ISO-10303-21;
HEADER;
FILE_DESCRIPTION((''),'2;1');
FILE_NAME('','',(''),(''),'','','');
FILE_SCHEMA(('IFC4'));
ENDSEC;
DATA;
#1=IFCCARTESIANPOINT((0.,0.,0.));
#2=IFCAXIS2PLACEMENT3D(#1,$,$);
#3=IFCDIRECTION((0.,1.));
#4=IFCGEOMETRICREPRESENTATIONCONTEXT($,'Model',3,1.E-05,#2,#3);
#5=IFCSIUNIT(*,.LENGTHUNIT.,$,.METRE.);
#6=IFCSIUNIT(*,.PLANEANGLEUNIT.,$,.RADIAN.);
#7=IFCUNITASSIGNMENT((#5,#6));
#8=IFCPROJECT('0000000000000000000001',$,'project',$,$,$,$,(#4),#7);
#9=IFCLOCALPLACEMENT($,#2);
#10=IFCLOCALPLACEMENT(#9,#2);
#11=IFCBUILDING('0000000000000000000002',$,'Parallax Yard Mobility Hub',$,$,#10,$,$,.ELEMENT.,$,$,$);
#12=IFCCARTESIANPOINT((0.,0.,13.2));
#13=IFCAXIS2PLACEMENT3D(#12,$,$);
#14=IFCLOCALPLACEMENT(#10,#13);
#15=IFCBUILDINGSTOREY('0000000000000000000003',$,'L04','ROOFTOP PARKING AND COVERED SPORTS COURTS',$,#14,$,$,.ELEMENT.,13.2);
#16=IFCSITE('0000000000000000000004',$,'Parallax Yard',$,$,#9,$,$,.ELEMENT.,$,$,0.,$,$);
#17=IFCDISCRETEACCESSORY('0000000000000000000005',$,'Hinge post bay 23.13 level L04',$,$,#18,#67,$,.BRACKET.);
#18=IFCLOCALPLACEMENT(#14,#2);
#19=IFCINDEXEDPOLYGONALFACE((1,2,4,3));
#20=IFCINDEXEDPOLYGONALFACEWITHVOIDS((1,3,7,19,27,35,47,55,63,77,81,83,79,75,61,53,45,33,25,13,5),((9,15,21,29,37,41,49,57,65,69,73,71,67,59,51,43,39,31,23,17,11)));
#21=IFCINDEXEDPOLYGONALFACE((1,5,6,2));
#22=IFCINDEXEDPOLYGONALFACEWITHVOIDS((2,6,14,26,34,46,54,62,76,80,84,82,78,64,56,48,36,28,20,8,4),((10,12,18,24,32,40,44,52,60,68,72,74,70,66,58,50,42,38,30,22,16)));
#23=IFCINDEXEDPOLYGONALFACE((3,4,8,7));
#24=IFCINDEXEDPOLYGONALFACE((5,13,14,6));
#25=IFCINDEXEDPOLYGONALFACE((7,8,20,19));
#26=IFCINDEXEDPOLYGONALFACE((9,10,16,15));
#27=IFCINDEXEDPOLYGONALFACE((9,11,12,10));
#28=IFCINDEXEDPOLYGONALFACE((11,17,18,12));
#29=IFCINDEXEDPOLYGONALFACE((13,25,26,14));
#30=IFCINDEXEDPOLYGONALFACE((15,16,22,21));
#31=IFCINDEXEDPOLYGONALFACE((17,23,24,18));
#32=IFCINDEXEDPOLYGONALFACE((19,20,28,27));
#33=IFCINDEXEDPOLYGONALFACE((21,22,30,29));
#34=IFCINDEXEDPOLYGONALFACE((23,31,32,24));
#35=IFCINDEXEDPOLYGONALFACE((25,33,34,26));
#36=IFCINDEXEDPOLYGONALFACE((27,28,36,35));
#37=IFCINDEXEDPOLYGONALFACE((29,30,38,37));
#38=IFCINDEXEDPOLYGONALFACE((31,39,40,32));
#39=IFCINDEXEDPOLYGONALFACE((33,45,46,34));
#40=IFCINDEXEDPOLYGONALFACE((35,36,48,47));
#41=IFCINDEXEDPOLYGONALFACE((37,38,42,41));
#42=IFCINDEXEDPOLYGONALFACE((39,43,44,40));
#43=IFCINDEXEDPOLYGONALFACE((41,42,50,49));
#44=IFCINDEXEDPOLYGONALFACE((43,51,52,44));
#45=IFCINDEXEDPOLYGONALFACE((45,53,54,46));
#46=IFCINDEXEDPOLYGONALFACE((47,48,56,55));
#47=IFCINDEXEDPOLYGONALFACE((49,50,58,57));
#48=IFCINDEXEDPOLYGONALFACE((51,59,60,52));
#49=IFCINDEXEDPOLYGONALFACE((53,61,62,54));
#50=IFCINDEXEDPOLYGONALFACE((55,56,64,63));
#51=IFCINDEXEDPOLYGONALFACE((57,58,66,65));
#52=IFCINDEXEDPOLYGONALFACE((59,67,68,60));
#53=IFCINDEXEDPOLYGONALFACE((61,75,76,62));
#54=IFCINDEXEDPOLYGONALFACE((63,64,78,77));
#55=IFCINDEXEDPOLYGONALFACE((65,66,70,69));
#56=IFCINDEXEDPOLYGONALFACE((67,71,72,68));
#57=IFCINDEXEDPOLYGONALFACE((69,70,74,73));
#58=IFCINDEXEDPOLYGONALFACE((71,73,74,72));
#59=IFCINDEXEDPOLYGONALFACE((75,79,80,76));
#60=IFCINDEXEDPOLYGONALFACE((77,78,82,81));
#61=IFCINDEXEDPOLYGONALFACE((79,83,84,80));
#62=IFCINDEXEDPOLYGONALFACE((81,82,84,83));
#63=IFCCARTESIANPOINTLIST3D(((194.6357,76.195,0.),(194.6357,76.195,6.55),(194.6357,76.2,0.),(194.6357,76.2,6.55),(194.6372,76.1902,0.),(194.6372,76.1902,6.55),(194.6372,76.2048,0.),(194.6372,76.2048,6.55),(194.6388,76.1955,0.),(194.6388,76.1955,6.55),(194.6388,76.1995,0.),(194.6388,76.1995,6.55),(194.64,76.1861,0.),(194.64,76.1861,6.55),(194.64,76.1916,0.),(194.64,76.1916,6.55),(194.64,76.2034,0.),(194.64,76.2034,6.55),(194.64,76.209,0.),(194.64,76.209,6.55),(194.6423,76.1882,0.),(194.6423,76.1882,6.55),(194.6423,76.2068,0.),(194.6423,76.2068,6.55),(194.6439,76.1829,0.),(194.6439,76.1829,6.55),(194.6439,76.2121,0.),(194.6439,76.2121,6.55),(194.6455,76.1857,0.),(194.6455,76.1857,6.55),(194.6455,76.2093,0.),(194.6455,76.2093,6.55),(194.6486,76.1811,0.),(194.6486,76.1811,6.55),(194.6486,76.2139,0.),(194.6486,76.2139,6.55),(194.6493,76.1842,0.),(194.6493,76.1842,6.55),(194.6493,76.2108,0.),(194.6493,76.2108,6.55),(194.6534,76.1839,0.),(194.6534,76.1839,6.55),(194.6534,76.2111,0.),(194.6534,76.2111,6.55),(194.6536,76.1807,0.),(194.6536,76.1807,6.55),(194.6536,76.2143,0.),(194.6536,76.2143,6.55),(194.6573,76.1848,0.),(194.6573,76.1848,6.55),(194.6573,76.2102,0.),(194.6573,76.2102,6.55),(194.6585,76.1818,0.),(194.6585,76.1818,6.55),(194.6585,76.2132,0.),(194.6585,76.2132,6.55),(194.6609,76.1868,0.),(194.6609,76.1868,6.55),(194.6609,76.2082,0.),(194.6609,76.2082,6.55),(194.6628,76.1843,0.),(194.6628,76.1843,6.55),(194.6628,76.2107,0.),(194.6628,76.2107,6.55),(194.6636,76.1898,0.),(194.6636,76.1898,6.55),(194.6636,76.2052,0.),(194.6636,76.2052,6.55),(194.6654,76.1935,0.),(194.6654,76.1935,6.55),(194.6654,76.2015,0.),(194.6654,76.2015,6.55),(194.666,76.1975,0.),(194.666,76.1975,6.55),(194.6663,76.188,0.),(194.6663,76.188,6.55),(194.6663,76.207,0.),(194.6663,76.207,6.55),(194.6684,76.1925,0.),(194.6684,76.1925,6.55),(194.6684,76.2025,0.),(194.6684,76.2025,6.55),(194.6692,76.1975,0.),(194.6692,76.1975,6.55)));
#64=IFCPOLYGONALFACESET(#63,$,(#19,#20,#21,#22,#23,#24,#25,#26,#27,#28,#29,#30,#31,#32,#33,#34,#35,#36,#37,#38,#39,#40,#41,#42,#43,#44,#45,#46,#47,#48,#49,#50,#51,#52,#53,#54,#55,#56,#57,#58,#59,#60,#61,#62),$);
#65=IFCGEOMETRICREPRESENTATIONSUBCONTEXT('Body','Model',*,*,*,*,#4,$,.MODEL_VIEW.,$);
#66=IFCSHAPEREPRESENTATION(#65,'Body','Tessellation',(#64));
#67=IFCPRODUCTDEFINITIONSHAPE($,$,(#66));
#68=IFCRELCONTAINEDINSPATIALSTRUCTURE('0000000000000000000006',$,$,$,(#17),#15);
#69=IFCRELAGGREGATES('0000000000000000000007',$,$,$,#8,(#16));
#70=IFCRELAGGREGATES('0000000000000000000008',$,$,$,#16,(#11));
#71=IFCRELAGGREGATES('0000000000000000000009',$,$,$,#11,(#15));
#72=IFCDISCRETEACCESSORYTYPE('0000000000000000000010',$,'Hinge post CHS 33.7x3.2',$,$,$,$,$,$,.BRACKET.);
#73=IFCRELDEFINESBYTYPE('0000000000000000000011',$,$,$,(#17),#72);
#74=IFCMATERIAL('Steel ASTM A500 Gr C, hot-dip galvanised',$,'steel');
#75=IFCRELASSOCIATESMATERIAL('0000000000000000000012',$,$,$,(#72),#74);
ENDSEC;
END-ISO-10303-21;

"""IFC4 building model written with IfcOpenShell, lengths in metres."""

from ifc_helpers import new_model, si_unit, direction, frame, origin, origin_2d, place, context, subcontext, project, spatial, hollow_circle, extrude, material, material_profile, profile_set, type_object, element, save


model = new_model("IFC4")

# Units and contexts
model_context = context("Model", 3, precision=1e-05, world=origin(), true_north=direction((0.0, 1.0)))
body_context = subcontext(model_context, "Body", "Model", "MODEL_VIEW")
ifc_project = project(units=[si_unit("LENGTHUNIT", "METRE"), si_unit("PLANEANGLEUNIT", "RADIAN")], contexts=[model_context])

# Site, building, storey
site_placement = place(None, origin())
site = spatial("IfcSite", under=ifc_project, at=site_placement, Name="Parallax Yard", CompositionType="ELEMENT", RefElevation=0.0)
building_placement = place(site_placement, origin())
building = spatial("IfcBuilding", under=site, at=building_placement, Name="Parallax Yard Mobility Hub", CompositionType="ELEMENT")
storey_placement = place(building_placement, frame((0.0, 0.0, 13.2)))
storey = spatial("IfcBuildingStorey", under=building, at=storey_placement, Name="L04", Description="ROOFTOP PARKING AND COVERED SPORTS COURTS", CompositionType="ELEMENT", Elevation=13.2)

# Discrete accessory
ifc_material_1 = material(Name="Steel ASTM A500 Gr C, hot-dip galvanised", Category="steel")
ifc_material_profile_1 = material_profile(ifc_material_1, hollow_circle(Radius=0.0168, WallThickness=0.0032, at=origin_2d()), Name="CHS 33.7x3.2")
ifc_profile_set_1 = profile_set([ifc_material_profile_1], Name="Steel ASTM A500 Gr C, hot-dip galvanised")
discrete_accessory_type_1 = type_object("IfcDiscreteAccessoryType", Name="Hinge post CHS 33.7x3.2", PredefinedType="BRACKET", material=ifc_profile_set_1)
for number, where, z_axis, x_axis, name in (
    (1, (194.6523, 76.1975, 0.0), (0.0, 0.0, 1.0), (1.0, 0.0, 0.0), "Hinge post bay 23.13 level L04"),
):
    element("IfcDiscreteAccessory", number, at=place(storey_placement, frame(where, z_axis=z_axis, x_axis=x_axis)), inside=storey, type_object=discrete_accessory_type_1, Name=name, PredefinedType="BRACKET", context=body_context, shape_type="SweptSolid", body=[
        extrude(hollow_circle(Radius=0.0168, WallThickness=0.0032, at=origin_2d()), origin(), (0.0, 0.0, 1.0), 6.55),
    ])

save(model, "model.ifc")
